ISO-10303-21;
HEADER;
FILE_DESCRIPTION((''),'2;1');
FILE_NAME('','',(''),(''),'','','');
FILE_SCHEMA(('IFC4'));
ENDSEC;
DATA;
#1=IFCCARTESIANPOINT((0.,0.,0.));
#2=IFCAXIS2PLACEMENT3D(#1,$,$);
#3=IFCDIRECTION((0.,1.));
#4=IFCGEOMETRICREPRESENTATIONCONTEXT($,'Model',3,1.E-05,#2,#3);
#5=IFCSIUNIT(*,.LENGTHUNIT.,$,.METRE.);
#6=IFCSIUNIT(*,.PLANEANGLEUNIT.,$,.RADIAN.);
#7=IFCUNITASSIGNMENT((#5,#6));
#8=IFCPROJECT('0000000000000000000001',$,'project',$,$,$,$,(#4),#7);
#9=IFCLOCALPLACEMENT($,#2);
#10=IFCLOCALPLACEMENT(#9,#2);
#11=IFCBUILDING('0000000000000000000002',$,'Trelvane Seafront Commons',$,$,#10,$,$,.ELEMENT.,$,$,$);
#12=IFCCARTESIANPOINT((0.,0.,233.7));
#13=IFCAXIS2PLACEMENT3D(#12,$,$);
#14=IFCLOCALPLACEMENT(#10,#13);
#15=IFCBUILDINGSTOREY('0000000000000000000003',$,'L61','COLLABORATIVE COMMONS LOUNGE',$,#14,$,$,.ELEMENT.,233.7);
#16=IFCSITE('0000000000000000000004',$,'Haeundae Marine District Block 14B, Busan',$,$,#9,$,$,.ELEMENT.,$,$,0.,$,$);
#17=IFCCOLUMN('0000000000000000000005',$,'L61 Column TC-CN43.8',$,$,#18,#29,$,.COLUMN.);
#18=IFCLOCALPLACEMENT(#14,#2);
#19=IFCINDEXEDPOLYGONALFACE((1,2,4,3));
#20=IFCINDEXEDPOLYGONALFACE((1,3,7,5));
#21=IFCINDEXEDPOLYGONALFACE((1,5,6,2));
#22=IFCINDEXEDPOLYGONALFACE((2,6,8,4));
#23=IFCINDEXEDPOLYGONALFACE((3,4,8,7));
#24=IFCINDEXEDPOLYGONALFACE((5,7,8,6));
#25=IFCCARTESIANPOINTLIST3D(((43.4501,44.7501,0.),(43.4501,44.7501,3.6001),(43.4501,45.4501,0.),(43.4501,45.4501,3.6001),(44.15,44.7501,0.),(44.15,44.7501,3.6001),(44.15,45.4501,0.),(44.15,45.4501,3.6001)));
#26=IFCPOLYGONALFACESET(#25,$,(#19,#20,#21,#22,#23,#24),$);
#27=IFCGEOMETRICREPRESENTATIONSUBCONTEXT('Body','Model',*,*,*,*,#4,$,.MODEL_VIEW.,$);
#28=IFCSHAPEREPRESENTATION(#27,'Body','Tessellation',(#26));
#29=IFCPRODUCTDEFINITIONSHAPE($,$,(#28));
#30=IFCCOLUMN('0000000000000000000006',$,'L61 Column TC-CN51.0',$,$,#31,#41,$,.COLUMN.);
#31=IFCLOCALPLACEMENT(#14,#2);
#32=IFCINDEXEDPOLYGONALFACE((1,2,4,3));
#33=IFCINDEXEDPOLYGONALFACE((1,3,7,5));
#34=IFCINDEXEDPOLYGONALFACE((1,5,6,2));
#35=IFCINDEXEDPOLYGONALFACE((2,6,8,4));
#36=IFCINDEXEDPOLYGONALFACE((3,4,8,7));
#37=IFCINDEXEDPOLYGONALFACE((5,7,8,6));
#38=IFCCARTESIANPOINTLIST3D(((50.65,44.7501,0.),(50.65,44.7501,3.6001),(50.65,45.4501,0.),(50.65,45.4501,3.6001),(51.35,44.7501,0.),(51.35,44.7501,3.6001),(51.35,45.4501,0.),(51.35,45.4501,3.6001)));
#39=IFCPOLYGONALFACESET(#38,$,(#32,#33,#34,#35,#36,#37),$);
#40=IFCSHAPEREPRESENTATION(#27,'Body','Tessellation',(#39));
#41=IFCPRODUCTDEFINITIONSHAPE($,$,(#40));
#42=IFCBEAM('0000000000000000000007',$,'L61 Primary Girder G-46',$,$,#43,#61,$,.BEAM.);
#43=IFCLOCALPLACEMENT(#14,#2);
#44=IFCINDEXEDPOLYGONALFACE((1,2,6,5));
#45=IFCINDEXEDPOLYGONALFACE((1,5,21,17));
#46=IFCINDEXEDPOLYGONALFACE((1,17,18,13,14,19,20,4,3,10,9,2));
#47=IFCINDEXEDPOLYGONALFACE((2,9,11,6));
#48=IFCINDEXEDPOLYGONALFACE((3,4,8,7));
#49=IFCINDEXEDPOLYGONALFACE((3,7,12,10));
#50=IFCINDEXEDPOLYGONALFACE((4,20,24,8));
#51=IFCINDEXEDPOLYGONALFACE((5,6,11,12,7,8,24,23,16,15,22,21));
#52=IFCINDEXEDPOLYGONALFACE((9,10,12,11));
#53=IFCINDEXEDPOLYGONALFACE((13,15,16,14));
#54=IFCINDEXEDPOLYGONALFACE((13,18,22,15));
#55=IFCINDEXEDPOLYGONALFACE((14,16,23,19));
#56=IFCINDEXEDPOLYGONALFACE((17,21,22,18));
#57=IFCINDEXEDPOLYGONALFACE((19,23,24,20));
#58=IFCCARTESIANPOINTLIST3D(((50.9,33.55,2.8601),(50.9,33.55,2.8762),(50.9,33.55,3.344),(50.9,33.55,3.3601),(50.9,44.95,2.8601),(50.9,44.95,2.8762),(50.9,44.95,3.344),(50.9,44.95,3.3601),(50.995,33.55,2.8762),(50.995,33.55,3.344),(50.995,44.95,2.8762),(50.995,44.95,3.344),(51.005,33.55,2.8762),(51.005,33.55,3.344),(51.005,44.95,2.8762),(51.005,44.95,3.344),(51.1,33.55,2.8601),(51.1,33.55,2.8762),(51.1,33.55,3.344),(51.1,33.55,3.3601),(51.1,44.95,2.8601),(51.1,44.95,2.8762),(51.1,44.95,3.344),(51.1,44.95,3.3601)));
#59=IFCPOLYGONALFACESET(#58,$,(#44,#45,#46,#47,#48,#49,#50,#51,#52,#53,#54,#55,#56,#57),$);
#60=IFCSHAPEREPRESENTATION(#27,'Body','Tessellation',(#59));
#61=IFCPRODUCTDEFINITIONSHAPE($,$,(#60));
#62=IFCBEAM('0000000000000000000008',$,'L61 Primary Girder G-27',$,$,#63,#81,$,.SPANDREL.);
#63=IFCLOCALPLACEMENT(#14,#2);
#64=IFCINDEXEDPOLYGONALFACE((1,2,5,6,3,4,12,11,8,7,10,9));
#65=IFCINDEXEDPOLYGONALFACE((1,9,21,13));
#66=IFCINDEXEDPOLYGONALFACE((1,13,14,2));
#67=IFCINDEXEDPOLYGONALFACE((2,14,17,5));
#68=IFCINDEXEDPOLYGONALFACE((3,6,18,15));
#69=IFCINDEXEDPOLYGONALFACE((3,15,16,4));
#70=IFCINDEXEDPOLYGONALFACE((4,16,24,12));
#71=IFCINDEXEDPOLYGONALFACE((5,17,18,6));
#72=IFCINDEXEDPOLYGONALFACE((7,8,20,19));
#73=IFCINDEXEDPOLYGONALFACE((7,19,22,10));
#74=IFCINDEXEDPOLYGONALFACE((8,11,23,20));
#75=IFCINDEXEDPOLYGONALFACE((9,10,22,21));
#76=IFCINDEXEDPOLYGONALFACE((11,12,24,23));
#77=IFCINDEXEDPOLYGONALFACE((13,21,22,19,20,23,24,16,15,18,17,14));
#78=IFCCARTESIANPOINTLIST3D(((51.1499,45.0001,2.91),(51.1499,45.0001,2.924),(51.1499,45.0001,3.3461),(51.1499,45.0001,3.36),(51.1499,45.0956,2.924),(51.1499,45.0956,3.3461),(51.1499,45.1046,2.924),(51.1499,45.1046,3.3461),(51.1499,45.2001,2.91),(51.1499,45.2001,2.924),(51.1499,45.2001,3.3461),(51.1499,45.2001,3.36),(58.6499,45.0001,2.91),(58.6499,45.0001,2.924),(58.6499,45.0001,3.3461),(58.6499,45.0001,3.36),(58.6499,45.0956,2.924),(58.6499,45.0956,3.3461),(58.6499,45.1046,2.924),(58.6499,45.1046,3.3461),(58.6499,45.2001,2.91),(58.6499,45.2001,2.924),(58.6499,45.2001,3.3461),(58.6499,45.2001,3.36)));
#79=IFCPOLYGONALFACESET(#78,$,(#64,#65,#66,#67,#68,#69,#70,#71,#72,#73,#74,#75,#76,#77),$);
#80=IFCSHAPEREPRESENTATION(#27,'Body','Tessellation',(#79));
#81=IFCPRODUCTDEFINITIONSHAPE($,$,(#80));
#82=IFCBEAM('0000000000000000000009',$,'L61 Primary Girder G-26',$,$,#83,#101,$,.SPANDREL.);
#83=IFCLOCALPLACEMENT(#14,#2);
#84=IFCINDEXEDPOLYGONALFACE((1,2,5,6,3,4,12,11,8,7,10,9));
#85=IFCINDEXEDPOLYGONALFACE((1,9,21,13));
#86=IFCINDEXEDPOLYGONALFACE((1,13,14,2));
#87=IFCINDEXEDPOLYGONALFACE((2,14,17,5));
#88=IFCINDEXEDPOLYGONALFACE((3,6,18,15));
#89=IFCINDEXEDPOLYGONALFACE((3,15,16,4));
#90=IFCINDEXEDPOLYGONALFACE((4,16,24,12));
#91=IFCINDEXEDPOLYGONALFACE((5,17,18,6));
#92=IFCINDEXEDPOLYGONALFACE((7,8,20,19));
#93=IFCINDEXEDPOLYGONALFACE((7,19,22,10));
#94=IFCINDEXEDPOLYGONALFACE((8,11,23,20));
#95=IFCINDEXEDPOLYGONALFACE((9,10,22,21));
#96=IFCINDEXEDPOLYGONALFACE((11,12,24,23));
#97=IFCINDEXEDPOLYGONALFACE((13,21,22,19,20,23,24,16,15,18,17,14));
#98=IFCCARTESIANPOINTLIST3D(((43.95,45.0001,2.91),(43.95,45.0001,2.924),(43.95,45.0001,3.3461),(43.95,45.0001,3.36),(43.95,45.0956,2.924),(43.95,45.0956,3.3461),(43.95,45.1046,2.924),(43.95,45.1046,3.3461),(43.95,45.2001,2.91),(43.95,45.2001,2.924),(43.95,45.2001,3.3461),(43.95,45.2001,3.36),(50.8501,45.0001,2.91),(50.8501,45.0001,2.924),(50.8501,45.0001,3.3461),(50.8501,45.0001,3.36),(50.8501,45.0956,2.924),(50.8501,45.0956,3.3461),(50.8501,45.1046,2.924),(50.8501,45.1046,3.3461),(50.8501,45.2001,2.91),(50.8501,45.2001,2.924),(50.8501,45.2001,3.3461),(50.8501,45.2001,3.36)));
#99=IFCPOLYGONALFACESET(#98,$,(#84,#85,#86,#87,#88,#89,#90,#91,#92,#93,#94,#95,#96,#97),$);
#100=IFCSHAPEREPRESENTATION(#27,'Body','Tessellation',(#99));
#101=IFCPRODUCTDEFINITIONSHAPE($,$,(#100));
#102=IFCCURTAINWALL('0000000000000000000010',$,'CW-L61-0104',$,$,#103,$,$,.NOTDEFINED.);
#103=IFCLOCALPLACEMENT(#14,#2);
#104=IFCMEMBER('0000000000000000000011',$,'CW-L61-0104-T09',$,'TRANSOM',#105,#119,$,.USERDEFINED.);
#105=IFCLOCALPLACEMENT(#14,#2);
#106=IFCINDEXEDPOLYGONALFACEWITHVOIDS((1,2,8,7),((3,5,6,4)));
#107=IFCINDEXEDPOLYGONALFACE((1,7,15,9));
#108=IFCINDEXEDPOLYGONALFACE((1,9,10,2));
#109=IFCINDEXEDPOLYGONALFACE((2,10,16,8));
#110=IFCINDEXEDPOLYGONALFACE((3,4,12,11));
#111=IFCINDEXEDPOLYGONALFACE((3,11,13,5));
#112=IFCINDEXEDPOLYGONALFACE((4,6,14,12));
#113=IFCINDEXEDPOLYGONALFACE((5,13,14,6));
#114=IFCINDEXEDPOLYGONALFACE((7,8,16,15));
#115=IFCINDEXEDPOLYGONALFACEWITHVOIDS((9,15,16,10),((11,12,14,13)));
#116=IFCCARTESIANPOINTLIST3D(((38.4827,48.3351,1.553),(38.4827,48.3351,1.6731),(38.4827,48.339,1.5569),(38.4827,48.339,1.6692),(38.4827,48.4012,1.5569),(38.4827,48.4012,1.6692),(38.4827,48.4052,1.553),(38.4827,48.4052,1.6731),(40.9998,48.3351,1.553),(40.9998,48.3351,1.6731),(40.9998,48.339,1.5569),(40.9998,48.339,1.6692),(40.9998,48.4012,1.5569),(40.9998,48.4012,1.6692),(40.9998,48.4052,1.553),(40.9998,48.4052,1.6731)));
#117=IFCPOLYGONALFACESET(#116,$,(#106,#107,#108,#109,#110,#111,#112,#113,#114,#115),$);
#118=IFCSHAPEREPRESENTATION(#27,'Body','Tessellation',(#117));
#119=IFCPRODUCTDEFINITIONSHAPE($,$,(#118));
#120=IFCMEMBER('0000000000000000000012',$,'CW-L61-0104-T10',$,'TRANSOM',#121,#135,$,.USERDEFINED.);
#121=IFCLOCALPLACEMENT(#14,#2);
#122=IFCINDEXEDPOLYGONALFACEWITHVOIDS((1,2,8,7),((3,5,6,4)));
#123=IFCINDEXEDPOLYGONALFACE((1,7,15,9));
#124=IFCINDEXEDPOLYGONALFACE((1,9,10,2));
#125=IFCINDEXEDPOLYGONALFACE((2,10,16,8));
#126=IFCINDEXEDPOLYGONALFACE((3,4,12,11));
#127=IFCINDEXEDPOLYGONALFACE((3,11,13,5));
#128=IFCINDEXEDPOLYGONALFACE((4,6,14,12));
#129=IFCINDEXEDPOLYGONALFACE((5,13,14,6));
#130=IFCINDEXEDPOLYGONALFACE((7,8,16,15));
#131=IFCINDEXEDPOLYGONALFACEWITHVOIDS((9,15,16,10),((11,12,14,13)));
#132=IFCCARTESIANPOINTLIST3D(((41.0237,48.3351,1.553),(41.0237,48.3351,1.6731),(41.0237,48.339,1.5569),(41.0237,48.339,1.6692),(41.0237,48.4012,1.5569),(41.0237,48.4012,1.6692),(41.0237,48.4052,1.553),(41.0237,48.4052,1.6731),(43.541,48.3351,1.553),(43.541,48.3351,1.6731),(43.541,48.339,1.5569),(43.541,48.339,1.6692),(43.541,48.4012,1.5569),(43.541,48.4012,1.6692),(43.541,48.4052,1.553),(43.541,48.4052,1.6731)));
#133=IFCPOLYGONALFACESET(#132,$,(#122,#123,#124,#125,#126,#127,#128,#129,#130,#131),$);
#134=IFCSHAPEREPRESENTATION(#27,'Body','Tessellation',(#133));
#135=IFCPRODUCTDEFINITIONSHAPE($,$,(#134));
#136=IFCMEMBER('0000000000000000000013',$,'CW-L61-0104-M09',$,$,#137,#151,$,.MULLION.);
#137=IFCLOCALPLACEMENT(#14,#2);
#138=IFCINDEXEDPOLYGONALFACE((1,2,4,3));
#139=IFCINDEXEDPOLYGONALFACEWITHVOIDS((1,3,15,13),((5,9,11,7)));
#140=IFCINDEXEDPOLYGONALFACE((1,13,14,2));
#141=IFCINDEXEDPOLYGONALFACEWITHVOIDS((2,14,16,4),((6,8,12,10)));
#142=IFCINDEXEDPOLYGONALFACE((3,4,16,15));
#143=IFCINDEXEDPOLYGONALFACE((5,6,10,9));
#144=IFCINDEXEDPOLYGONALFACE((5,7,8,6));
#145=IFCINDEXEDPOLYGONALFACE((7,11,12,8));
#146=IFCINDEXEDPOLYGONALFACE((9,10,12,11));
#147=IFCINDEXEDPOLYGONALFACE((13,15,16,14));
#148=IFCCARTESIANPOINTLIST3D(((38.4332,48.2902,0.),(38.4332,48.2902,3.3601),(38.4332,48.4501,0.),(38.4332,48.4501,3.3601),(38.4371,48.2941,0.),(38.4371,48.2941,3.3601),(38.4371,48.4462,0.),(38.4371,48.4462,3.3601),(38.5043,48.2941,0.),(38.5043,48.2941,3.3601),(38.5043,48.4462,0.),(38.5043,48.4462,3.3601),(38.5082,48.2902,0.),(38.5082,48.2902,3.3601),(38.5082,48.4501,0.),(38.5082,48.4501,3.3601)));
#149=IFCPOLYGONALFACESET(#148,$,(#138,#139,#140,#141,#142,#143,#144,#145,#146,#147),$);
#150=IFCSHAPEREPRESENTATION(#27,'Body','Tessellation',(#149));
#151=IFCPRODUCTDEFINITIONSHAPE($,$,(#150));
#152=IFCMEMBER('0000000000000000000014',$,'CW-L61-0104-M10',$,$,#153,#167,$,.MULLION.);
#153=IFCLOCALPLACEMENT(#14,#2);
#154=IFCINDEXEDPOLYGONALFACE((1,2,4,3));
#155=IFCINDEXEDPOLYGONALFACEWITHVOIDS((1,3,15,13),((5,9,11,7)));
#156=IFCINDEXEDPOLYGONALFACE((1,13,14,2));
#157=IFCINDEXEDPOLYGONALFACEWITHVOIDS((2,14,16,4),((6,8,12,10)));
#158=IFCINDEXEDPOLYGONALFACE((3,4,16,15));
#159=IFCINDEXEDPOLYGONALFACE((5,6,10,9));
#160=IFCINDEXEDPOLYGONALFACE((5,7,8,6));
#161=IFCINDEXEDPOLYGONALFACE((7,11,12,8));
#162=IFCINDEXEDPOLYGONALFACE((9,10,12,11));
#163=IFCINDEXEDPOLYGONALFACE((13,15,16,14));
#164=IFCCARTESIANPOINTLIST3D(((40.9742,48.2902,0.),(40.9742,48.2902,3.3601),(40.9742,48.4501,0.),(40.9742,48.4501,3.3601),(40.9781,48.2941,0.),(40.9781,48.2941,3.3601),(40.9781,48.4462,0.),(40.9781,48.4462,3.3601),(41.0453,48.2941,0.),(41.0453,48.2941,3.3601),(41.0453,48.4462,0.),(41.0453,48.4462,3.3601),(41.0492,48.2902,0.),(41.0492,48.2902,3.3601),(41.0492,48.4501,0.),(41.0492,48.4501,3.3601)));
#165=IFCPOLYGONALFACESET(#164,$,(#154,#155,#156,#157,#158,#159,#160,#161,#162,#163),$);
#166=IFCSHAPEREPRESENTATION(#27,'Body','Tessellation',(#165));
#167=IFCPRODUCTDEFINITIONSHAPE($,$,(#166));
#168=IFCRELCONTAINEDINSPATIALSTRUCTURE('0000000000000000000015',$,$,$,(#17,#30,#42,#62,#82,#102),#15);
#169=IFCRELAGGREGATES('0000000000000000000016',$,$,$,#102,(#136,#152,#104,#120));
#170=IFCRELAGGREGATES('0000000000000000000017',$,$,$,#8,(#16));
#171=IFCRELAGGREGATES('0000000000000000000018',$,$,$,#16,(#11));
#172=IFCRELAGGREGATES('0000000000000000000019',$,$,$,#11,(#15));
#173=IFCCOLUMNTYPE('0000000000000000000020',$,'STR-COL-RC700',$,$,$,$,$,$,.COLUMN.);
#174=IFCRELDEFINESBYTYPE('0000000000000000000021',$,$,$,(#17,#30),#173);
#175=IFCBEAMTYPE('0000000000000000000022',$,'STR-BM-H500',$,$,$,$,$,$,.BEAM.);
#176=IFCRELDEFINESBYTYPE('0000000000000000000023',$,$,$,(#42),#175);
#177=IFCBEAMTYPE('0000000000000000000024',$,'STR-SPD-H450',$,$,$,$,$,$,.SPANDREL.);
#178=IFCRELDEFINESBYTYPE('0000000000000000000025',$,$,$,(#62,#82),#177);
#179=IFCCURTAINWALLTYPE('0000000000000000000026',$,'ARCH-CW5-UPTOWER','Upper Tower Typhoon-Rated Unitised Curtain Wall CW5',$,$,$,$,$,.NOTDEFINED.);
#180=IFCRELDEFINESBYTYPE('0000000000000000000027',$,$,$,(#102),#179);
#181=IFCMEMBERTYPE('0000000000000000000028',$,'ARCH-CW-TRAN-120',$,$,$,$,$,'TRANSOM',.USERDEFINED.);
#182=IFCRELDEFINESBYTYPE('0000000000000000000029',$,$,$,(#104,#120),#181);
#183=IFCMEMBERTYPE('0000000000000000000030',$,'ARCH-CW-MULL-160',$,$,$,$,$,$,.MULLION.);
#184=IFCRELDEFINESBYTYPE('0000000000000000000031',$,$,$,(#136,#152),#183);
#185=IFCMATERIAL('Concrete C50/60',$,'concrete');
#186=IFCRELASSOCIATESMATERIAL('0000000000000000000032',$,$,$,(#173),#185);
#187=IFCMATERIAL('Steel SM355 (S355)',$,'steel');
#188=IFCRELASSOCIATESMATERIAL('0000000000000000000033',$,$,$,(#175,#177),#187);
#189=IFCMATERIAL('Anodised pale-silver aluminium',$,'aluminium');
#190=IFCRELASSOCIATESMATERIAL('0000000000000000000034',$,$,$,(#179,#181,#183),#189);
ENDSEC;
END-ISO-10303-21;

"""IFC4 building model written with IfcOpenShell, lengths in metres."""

from ifc_helpers import new_model, si_unit, direction, frame, origin, origin_2d, place, context, subcontext, project, spatial, rectangle, hollow_rectangle, i_section, extrude, source, transform, mapped, material, material_profile, profile_set, type_object, element, aggregate, save


model = new_model("IFC4")

# Units and contexts
model_context = context("Model", 3, precision=1e-05, world=origin(), true_north=direction((0.0, 1.0)))
body_context = subcontext(model_context, "Body", "Model", "MODEL_VIEW")
ifc_project = project(units=[si_unit("LENGTHUNIT", "METRE"), si_unit("PLANEANGLEUNIT", "RADIAN")], contexts=[model_context])

# Site, building, storey
site_placement = place(None, origin())
site = spatial("IfcSite", under=ifc_project, at=site_placement, Name="Haeundae Marine District Block 14B, Busan", CompositionType="ELEMENT", RefElevation=0.0)
building_placement = place(site_placement, origin())
building = spatial("IfcBuilding", under=site, at=building_placement, Name="Trelvane Seafront Commons", CompositionType="ELEMENT")
storey_placement = place(building_placement, frame((0.0, 0.0, 233.7)))
storey = spatial("IfcBuildingStorey", under=building, at=storey_placement, Name="L61", Description="COLLABORATIVE COMMONS LOUNGE", CompositionType="ELEMENT", Elevation=233.7)

# Columns
ifc_material_1 = material(Name="Concrete C50/60", Category="concrete")
ifc_material_profile_1 = material_profile(ifc_material_1, rectangle(XDim=0.7, YDim=0.7, at=origin_2d()), Name="RC-700x700")
ifc_profile_set_1 = profile_set([ifc_material_profile_1], Name="Concrete C50/60")
column_type = type_object("IfcColumnType", Name="STR-COL-RC700", PredefinedType="COLUMN", material=ifc_profile_set_1)
shared_shape_1 = source(origin(), body_context, "Body", "SweptSolid", [
    extrude(rectangle(XDim=0.7, YDim=0.7, at=origin_2d()), origin(), (0.0, 0.0, 1.0), 3.6001),
])
for number, where, z_axis, x_axis, name in (
    (1, (43.8, 45.1001, 0.0), (0.0, 0.0, 1.0), (1.0, 0.0, 0.0), "L61 Column TC-CN43.8"),
    (2, (51.0, 45.1001, 0.0), (0.0, 0.0, 1.0), (1.0, 0.0, 0.0), "L61 Column TC-CN51.0"),
):
    element("IfcColumn", number, at=place(storey_placement, frame(where, z_axis=z_axis, x_axis=x_axis)), inside=storey, type_object=column_type, Name=name, PredefinedType="COLUMN", context=body_context, shape_type="MappedRepresentation", body=[
        mapped(shared_shape_1, transform((0.0, 0.0, 0.0), x_axis=(1.0, 0.0, 0.0), y_axis=(0.0, 1.0, 0.0), z_axis=(0.0, 0.0, 1.0), scale=1.0)),
    ])

# Beams
ifc_material_2 = material(Name="Steel SM355 (S355)", Category="steel")
ifc_material_profile_2 = material_profile(ifc_material_2, i_section(OverallWidth=0.2, OverallDepth=0.5, WebThickness=0.01, FlangeThickness=0.0161, at=origin_2d()), Name="H-500x200x10x16")
ifc_profile_set_2 = profile_set([ifc_material_profile_2], Name="Steel SM355 (S355)")
beam_type_1 = type_object("IfcBeamType", Name="STR-BM-H500", PredefinedType="BEAM", material=ifc_profile_set_2)
shared_shape_2 = source(origin(), body_context, "Body", "SweptSolid", [
    extrude(i_section(OverallWidth=0.2, OverallDepth=0.5, WebThickness=0.01, FlangeThickness=0.0161, at=origin_2d()), origin(), (0.0, 0.0, 1.0), 11.3999),
])
beam_1_placement = place(storey_placement, frame((51.0, 33.55, 3.1101), z_axis=(0.0, 1.0, 0.0), x_axis=(-1.0, 0.0, 0.0)))
element("IfcBeam", 3, at=beam_1_placement, inside=storey, type_object=beam_type_1, Name="L61 Primary Girder G-46", PredefinedType="BEAM", context=body_context, shape_type="MappedRepresentation", body=[
    mapped(shared_shape_2, transform((0.0, 0.0, 0.0), x_axis=(1.0, 0.0, 0.0), y_axis=(0.0, 1.0, 0.0), z_axis=(0.0, 0.0, 1.0), scale=1.0)),
])
ifc_material_profile_3 = material_profile(ifc_material_2, i_section(OverallWidth=0.2, OverallDepth=0.45, WebThickness=0.009, FlangeThickness=0.0139, at=origin_2d()), Name="H-450x200x9x14")
ifc_profile_set_3 = profile_set([ifc_material_profile_3], Name="Steel SM355 (S355)")
beam_type_2 = type_object("IfcBeamType", Name="STR-SPD-H450", PredefinedType="SPANDREL", material=ifc_profile_set_3)
shared_shape_3 = source(origin(), body_context, "Body", "SweptSolid", [
    extrude(i_section(OverallWidth=0.2, OverallDepth=0.45, WebThickness=0.009, FlangeThickness=0.0139, at=origin_2d()), origin(), (0.0, 0.0, 1.0), 7.5),
])
beam_2_placement = place(storey_placement, frame((51.1499, 45.1001, 3.135), z_axis=(1.0, 0.0, 0.0), x_axis=(0.0, 1.0, 0.0)))
element("IfcBeam", 4, at=beam_2_placement, inside=storey, type_object=beam_type_2, Name="L61 Primary Girder G-27", PredefinedType="SPANDREL", context=body_context, shape_type="MappedRepresentation", body=[
    mapped(shared_shape_3, transform((0.0, 0.0, 0.0), x_axis=(1.0, 0.0, 0.0), y_axis=(0.0, 1.0, 0.0), z_axis=(0.0, 0.0, 1.0), scale=1.0)),
])
shared_shape_4 = source(origin(), body_context, "Body", "SweptSolid", [
    extrude(i_section(OverallWidth=0.2, OverallDepth=0.45, WebThickness=0.009, FlangeThickness=0.0139, at=origin_2d()), origin(), (0.0, 0.0, 1.0), 6.9001),
])
beam_3_placement = place(storey_placement, frame((43.95, 45.1001, 3.135), z_axis=(1.0, 0.0, 0.0), x_axis=(0.0, 1.0, 0.0)))
element("IfcBeam", 5, at=beam_3_placement, inside=storey, type_object=beam_type_2, Name="L61 Primary Girder G-26", PredefinedType="SPANDREL", context=body_context, shape_type="MappedRepresentation", body=[
    mapped(shared_shape_4, transform((0.0, 0.0, 0.0), x_axis=(1.0, 0.0, 0.0), y_axis=(0.0, 1.0, 0.0), z_axis=(0.0, 0.0, 1.0), scale=1.0)),
])

# Curtain wall, members
ifc_material_3 = material(Name="Anodised pale-silver aluminium", Category="aluminium")
curtain_wall_type = type_object("IfcCurtainWallType", Name="ARCH-CW5-UPTOWER", Description="Upper Tower Typhoon-Rated Unitised Curtain Wall CW5", PredefinedType="NOTDEFINED", material=ifc_material_3)
curtain_wall_placement = place(storey_placement, origin())
curtain_wall = element("IfcCurtainWall", 6, at=curtain_wall_placement, inside=storey, type_object=curtain_wall_type, Name="CW-L61-0104", PredefinedType="NOTDEFINED")
ifc_material_profile_4 = material_profile(ifc_material_3, hollow_rectangle(XDim=0.0701, YDim=0.1201, WallThickness=0.0039, at=origin_2d()), Name="TRAN-70x120x4")
ifc_profile_set_4 = profile_set([ifc_material_profile_4], Name="Anodised pale-silver aluminium")
member_type_1 = type_object("IfcMemberType", Name="ARCH-CW-TRAN-120", ElementType="TRANSOM", PredefinedType="USERDEFINED", material=ifc_profile_set_4)
shared_shape_5 = source(origin(), body_context, "Body", "SweptSolid", [
    extrude(hollow_rectangle(XDim=0.0701, YDim=0.1201, WallThickness=0.0039, at=origin_2d()), origin(), (0.0, 0.0, 1.0), 2.5171),
])
member_1_placement = place(storey_placement, frame((38.4827, 48.3701, 1.613), z_axis=(1.0, 0.0, 0.0), x_axis=(0.0, 1.0, 0.0)))
member_1 = element("IfcMember", 7, at=member_1_placement, type_object=member_type_1, Name="CW-L61-0104-T09", ObjectType="TRANSOM", PredefinedType="USERDEFINED", context=body_context, shape_type="MappedRepresentation", body=[
    mapped(shared_shape_5, transform((0.0, 0.0, 0.0), x_axis=(1.0, 0.0, 0.0), y_axis=(0.0, 1.0, 0.0), z_axis=(0.0, 0.0, 1.0), scale=1.0)),
])
shared_shape_6 = source(origin(), body_context, "Body", "SweptSolid", [
    extrude(hollow_rectangle(XDim=0.0701, YDim=0.1201, WallThickness=0.0039, at=origin_2d()), origin(), (0.0, 0.0, 1.0), 2.5173),
])
member_2_placement = place(storey_placement, frame((41.0237, 48.3701, 1.613), z_axis=(1.0, 0.0, 0.0), x_axis=(0.0, 1.0, 0.0)))
member_2 = element("IfcMember", 8, at=member_2_placement, type_object=member_type_1, Name="CW-L61-0104-T10", ObjectType="TRANSOM", PredefinedType="USERDEFINED", context=body_context, shape_type="MappedRepresentation", body=[
    mapped(shared_shape_6, transform((0.0, 0.0, 0.0), x_axis=(1.0, 0.0, 0.0), y_axis=(0.0, 1.0, 0.0), z_axis=(0.0, 0.0, 1.0), scale=1.0)),
])
ifc_material_profile_5 = material_profile(ifc_material_3, hollow_rectangle(XDim=0.075, YDim=0.1599, WallThickness=0.0039, at=origin_2d()), Name="MULL-75x160x4")
ifc_profile_set_5 = profile_set([ifc_material_profile_5], Name="Anodised pale-silver aluminium")
member_type_2 = type_object("IfcMemberType", Name="ARCH-CW-MULL-160", PredefinedType="MULLION", material=ifc_profile_set_5)
shared_shape_7 = source(origin(), body_context, "Body", "SweptSolid", [
    extrude(hollow_rectangle(XDim=0.075, YDim=0.1599, WallThickness=0.0039, at=origin_2d()), origin(), (0.0, 0.0, 1.0), 3.3601),
])
member_3_placement = place(storey_placement, frame((38.4707, 48.3701, 0.0), z_axis=(0.0, 0.0, 1.0), x_axis=(1.0, 0.0, 0.0)))
member_3 = element("IfcMember", 9, at=member_3_placement, type_object=member_type_2, Name="CW-L61-0104-M09", PredefinedType="MULLION", context=body_context, shape_type="MappedRepresentation", body=[
    mapped(shared_shape_7, transform((0.0, 0.0, 0.0), x_axis=(1.0, 0.0, 0.0), y_axis=(0.0, 1.0, 0.0), z_axis=(0.0, 0.0, 1.0), scale=1.0)),
])
member_4_placement = place(storey_placement, frame((41.0117, 48.3701, 0.0), z_axis=(0.0, 0.0, 1.0), x_axis=(1.0, 0.0, 0.0)))
member_4 = element("IfcMember", 10, at=member_4_placement, type_object=member_type_2, Name="CW-L61-0104-M10", PredefinedType="MULLION", context=body_context, shape_type="MappedRepresentation", body=[
    mapped(shared_shape_7, transform((0.0, 0.0, 0.0), x_axis=(1.0, 0.0, 0.0), y_axis=(0.0, 1.0, 0.0), z_axis=(0.0, 0.0, 1.0), scale=1.0)),
])
aggregate(curtain_wall, [member_3, member_4, member_1, member_2])

save(model, "model.ifc")
